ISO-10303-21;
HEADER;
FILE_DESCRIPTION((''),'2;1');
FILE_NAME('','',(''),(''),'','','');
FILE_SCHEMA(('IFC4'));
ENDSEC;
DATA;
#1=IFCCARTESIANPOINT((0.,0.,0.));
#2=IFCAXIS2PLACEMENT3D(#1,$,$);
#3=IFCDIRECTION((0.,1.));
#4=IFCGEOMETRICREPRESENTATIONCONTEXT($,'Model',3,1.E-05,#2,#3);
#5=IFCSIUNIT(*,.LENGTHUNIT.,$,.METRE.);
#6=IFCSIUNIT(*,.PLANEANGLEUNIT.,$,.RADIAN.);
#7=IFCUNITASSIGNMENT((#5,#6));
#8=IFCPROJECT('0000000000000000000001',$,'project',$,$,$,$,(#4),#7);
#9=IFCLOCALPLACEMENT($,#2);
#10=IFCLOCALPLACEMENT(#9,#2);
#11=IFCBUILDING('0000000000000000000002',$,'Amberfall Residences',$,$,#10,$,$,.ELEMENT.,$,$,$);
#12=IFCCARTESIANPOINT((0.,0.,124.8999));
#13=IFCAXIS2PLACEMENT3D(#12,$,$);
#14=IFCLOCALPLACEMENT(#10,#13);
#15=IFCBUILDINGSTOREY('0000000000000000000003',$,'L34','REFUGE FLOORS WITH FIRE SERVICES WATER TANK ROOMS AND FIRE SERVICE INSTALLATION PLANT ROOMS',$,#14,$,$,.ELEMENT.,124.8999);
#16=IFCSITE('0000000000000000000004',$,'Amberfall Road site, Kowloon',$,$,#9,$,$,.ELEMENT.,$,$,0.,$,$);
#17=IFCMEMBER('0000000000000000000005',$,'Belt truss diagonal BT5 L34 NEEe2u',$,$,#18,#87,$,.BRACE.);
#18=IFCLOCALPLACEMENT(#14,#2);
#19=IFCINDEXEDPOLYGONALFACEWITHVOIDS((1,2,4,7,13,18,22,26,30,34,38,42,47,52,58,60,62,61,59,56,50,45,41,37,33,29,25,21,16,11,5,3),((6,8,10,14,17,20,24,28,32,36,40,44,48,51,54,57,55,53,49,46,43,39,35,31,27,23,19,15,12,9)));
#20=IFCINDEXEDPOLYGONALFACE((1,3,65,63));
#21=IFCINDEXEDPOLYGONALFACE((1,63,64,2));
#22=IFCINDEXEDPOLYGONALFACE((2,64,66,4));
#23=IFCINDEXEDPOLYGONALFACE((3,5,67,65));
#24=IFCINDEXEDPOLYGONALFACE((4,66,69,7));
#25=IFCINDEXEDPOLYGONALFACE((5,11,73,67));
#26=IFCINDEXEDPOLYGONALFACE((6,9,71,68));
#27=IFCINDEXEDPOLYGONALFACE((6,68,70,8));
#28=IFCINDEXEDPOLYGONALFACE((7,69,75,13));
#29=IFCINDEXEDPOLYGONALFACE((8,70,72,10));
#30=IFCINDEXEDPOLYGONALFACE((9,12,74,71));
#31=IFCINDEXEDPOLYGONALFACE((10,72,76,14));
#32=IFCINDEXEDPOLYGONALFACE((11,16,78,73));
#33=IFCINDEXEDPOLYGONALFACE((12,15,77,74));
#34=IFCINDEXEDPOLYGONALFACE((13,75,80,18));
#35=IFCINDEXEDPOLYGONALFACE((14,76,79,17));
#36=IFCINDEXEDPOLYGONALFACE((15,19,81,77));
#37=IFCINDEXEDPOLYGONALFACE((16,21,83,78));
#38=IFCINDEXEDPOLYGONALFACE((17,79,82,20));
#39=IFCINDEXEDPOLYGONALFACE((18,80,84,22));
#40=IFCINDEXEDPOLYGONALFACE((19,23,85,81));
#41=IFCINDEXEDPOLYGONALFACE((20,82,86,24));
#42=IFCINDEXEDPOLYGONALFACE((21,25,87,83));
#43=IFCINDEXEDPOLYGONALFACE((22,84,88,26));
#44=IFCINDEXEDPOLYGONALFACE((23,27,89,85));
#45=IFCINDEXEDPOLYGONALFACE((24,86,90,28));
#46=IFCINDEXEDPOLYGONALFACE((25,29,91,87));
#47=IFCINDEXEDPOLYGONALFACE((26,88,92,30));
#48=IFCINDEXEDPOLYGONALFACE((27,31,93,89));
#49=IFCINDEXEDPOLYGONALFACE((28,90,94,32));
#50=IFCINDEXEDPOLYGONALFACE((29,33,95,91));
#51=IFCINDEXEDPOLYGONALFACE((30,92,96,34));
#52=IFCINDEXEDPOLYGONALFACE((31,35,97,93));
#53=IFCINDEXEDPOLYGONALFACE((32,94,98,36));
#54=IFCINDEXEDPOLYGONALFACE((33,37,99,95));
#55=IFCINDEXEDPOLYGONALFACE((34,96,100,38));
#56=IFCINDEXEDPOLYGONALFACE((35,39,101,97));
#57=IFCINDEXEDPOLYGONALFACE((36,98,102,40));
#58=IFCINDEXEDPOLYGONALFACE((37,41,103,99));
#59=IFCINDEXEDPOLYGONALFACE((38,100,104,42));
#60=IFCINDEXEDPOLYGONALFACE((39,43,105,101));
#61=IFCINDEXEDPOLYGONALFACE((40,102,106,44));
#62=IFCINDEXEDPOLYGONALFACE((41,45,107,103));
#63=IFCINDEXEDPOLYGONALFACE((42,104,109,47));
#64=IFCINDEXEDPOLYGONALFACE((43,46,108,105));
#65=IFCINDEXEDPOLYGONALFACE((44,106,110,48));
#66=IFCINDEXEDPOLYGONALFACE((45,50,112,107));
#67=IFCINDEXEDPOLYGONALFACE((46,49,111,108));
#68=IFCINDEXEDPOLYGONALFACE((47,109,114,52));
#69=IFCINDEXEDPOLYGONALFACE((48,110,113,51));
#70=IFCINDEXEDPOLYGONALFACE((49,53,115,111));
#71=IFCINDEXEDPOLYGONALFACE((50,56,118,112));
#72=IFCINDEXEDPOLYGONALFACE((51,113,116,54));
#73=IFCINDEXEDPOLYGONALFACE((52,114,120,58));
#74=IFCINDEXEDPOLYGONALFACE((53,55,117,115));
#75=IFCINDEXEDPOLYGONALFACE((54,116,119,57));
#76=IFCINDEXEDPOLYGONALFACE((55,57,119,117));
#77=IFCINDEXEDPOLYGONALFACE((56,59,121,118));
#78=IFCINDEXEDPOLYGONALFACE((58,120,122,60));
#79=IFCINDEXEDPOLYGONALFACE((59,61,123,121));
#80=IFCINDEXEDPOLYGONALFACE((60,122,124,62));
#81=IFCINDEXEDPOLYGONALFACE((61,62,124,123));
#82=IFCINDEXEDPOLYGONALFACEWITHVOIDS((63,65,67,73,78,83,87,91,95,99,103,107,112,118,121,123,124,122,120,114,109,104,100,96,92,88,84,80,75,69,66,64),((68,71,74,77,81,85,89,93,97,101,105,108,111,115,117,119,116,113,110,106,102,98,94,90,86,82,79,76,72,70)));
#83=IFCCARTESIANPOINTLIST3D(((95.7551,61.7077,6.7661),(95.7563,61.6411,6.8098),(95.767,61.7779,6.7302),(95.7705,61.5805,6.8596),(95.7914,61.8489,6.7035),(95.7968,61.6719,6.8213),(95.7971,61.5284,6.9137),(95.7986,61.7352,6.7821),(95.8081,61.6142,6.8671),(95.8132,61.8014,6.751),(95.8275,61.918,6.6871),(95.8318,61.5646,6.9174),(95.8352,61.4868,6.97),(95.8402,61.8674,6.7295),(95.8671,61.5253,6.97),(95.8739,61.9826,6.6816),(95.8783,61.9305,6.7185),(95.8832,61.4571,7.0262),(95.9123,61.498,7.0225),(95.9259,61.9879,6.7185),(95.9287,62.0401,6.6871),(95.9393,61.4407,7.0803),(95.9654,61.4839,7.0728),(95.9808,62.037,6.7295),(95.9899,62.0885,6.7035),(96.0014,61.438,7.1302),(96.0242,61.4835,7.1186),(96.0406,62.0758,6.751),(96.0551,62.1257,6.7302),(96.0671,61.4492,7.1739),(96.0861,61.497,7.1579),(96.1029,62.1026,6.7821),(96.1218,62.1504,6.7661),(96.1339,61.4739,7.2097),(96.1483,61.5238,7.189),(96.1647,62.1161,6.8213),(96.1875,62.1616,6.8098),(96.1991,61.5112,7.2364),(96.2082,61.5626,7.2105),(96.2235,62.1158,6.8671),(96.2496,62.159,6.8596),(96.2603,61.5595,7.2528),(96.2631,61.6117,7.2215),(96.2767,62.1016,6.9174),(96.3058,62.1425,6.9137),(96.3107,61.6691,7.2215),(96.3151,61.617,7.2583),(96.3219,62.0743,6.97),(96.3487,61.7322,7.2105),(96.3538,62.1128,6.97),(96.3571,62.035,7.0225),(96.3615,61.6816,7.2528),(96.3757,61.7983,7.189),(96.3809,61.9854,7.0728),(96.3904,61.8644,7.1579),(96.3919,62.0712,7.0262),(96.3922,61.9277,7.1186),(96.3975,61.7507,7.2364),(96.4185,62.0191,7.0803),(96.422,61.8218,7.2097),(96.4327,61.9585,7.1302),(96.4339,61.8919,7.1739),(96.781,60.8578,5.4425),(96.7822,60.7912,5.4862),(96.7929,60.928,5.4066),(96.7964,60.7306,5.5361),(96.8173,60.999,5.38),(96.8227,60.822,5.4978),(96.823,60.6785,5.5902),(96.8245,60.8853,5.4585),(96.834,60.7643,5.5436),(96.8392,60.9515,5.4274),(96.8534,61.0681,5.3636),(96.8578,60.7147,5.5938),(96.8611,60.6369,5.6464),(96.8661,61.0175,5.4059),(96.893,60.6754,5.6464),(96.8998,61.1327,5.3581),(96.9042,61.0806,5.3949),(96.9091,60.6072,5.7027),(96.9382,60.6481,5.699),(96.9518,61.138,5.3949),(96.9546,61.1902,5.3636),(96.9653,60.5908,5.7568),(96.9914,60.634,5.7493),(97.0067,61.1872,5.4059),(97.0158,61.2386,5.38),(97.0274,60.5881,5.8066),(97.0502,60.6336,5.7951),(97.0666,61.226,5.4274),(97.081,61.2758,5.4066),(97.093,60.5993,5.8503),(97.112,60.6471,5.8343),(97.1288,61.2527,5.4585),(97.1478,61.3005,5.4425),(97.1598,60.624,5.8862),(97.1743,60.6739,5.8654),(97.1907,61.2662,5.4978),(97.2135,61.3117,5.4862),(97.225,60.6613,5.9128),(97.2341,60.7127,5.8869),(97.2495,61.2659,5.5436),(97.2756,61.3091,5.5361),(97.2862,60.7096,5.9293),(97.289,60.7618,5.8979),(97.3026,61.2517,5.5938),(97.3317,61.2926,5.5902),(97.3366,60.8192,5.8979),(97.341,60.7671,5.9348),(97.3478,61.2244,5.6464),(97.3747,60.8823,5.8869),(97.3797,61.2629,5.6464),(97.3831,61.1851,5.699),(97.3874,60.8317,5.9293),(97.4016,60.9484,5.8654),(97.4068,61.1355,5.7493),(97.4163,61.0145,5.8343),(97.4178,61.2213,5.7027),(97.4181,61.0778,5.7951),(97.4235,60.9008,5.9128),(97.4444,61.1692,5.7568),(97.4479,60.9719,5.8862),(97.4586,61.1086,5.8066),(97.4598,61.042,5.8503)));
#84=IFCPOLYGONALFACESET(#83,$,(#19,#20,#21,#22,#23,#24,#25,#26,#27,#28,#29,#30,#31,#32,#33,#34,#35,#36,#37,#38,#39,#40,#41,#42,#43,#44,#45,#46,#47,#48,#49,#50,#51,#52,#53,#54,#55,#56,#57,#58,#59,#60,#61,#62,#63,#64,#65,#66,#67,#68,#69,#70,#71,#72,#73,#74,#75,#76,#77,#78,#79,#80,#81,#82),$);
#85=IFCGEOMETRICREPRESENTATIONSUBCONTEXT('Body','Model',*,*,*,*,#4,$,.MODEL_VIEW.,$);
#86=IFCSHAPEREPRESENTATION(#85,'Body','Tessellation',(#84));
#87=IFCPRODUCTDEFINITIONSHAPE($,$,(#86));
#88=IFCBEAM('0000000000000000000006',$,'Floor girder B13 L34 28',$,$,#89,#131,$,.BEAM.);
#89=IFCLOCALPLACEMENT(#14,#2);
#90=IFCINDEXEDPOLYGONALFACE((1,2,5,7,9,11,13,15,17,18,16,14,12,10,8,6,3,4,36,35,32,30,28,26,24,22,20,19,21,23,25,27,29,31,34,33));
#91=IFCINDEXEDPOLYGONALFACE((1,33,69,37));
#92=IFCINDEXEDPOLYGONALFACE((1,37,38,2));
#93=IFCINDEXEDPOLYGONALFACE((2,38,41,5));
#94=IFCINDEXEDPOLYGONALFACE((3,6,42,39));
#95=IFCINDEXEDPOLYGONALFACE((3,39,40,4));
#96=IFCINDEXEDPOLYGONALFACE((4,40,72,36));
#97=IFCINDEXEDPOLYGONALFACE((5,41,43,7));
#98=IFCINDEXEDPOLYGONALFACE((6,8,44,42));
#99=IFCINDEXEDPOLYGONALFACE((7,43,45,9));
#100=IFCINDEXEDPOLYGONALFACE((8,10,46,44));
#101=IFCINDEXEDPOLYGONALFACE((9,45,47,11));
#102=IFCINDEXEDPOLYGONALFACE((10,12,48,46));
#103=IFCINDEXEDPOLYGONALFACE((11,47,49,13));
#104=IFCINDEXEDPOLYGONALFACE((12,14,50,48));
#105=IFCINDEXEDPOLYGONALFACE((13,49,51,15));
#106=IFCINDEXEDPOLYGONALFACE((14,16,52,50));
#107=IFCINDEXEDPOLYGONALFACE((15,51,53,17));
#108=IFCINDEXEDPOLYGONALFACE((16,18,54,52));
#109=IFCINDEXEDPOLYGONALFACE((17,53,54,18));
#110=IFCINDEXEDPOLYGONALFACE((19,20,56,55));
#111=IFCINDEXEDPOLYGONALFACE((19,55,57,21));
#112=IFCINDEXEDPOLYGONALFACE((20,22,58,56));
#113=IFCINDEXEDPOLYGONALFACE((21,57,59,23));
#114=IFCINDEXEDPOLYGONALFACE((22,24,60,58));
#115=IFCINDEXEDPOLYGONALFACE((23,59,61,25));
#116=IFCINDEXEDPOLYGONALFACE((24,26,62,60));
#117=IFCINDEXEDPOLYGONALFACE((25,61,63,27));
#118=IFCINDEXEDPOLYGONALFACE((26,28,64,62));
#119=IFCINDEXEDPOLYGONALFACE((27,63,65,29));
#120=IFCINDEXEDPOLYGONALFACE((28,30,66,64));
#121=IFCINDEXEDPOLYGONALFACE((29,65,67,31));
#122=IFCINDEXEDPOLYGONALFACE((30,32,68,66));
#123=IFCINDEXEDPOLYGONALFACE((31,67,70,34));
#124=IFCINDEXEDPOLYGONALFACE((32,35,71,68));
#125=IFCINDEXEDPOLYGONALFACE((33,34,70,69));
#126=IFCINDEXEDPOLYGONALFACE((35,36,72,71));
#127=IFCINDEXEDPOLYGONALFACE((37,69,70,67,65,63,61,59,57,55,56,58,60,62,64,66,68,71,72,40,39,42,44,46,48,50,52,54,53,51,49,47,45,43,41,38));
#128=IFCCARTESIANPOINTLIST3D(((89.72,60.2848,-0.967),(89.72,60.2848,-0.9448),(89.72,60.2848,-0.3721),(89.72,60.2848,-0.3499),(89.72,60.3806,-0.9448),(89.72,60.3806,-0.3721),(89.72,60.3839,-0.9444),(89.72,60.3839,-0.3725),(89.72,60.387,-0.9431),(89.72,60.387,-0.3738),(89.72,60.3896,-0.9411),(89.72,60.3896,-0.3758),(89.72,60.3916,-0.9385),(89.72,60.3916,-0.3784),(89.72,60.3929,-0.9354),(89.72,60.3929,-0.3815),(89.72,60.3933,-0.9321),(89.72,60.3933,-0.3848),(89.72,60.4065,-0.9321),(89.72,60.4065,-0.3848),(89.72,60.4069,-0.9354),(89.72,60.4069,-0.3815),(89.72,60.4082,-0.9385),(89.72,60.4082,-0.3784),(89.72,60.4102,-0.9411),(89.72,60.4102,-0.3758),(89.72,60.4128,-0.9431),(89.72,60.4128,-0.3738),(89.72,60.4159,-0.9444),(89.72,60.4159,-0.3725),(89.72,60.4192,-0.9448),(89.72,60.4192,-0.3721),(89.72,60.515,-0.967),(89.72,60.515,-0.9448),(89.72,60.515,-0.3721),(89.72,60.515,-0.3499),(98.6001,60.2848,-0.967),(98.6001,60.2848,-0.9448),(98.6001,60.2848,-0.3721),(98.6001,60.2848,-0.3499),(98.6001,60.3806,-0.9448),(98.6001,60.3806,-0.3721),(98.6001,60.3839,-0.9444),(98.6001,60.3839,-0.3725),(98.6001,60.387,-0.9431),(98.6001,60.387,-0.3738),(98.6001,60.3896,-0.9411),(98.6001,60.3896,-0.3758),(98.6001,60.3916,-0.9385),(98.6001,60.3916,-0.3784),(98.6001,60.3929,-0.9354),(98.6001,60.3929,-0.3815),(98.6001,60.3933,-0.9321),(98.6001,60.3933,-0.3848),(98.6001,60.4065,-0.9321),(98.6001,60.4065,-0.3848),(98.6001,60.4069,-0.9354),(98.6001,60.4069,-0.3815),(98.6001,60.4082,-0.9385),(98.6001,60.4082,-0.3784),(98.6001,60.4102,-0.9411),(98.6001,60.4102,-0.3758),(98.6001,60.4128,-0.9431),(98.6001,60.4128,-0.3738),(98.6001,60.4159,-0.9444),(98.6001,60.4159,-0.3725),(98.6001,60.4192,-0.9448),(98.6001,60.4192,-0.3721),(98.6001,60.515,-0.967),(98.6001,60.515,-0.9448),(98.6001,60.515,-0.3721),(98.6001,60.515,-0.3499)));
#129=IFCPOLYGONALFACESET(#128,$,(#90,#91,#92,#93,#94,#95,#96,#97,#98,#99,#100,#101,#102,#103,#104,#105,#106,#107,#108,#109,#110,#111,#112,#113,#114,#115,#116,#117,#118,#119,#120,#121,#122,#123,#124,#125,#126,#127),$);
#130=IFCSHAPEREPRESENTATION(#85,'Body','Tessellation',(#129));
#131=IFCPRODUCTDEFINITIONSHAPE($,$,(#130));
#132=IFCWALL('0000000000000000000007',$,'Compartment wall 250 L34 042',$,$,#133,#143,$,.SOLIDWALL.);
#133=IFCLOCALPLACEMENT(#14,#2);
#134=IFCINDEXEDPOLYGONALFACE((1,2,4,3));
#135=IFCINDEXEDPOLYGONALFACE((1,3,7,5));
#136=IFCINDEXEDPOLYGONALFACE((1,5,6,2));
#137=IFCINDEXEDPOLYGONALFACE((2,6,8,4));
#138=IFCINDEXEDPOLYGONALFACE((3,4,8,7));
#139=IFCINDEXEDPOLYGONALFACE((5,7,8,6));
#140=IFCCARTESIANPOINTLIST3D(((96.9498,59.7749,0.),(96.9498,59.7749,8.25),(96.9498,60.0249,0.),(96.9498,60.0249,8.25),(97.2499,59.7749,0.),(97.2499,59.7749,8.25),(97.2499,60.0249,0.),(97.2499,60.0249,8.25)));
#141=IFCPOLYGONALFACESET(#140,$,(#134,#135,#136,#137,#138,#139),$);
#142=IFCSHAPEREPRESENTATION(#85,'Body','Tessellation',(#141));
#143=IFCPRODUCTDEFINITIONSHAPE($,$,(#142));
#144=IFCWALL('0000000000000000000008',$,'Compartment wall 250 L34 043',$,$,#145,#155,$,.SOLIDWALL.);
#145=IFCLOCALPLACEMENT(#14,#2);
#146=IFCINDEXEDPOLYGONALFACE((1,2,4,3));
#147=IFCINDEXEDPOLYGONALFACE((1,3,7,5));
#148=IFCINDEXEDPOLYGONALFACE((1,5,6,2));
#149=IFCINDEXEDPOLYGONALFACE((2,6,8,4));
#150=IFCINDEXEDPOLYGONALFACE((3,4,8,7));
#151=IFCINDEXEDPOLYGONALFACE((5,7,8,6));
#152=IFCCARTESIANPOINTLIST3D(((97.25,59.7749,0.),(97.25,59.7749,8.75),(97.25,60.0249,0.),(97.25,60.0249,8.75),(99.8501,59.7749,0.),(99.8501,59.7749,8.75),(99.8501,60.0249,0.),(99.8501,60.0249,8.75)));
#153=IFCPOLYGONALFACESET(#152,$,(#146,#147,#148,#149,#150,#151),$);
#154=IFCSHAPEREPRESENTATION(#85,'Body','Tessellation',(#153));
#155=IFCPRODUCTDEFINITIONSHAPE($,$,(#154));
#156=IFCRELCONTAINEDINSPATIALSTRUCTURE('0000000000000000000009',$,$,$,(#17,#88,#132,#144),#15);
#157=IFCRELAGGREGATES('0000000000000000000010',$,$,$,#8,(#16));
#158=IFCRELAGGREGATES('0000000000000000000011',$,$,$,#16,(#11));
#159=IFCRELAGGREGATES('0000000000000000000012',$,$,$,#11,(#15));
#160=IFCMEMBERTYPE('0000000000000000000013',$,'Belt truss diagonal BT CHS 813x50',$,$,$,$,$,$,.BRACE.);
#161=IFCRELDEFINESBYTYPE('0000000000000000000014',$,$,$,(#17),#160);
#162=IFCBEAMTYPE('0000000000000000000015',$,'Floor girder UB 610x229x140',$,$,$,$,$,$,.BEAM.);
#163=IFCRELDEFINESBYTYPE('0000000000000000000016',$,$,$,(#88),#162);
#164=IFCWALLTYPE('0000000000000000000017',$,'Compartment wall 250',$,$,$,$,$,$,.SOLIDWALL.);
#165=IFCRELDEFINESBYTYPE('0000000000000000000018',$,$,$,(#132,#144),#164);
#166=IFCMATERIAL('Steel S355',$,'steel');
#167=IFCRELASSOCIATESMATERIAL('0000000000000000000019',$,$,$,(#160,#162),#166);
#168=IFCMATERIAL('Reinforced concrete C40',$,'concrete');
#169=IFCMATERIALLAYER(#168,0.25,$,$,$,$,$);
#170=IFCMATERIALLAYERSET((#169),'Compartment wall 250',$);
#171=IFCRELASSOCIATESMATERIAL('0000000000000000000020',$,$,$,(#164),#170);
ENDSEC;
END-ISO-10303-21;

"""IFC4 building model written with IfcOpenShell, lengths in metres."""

from ifc_helpers import new_model, si_unit, direction, frame, frame_2d, origin, origin_2d, place, context, subcontext, project, spatial, rectangle, hollow_circle, i_section, extrude, material, layer, layer_set, material_profile, profile_set, type_object, element, save


model = new_model("IFC4")

# Units and contexts
model_context = context("Model", 3, precision=1e-05, world=origin(), true_north=direction((0.0, 1.0)))
body_context = subcontext(model_context, "Body", "Model", "MODEL_VIEW")
ifc_project = project(units=[si_unit("LENGTHUNIT", "METRE"), si_unit("PLANEANGLEUNIT", "RADIAN")], contexts=[model_context])

# Site, building, storey
site_placement = place(None, origin())
site = spatial("IfcSite", under=ifc_project, at=site_placement, Name="Amberfall Road site, Kowloon", CompositionType="ELEMENT", RefElevation=0.0)
building_placement = place(site_placement, origin())
building = spatial("IfcBuilding", under=site, at=building_placement, Name="Amberfall Residences", CompositionType="ELEMENT")
storey_placement = place(building_placement, frame((0.0, 0.0, 124.8999)))
storey = spatial("IfcBuildingStorey", under=building, at=storey_placement, Name="L34", Description="REFUGE FLOORS WITH FIRE SERVICES WATER TANK ROOMS AND FIRE SERVICE INSTALLATION PLANT ROOMS", CompositionType="ELEMENT", Elevation=124.8999)

# Shared definitions
ifc_material_1 = material(Name="Steel S355", Category="steel")

# Member
ifc_material_profile_1 = material_profile(ifc_material_1, hollow_circle(Radius=0.4065, WallThickness=0.05, at=origin_2d()), Name="CHS 813x50")
ifc_profile_set_1 = profile_set([ifc_material_profile_1], Name="Steel S355")
member_type_1 = type_object("IfcMemberType", Name="Belt truss diagonal BT CHS 813x50", PredefinedType="BRACE", material=ifc_profile_set_1)
member_1_placement = place(storey_placement, frame((96.0945, 61.7998, 6.97), z_axis=(0.546307, -0.452569, -0.704791), x_axis=(0.637946, 0.770081, 0.0)))
element("IfcMember", 1, at=member_1_placement, inside=storey, type_object=member_type_1, Name="Belt truss diagonal BT5 L34 NEEe2u", PredefinedType="BRACE", context=body_context, shape_type="SweptSolid", body=[
    extrude(hollow_circle(Radius=0.4065, WallThickness=0.05, at=origin_2d()), origin(), (0.0, 0.0, 1.0), 1.8779),
])

# Beam
ifc_material_profile_2 = material_profile(ifc_material_1, i_section(OverallWidth=0.2302, OverallDepth=0.6172, WebThickness=0.0132, FlangeThickness=0.0222, FilletRadius=0.0127, at=origin_2d()), Name="UB 610x229x140")
ifc_profile_set_2 = profile_set([ifc_material_profile_2], Name="Steel S355")
beam_type_1 = type_object("IfcBeamType", Name="Floor girder UB 610x229x140", PredefinedType="BEAM", material=ifc_profile_set_2)
beam_1_placement = place(storey_placement, frame((98.6001, 60.3999, -0.6584), z_axis=(-1.0, 0.0, 0.0), x_axis=(0.0, -1.0, 0.0)))
element("IfcBeam", 2, at=beam_1_placement, inside=storey, type_object=beam_type_1, Name="Floor girder B13 L34 28", PredefinedType="BEAM", context=body_context, shape_type="SweptSolid", body=[
    extrude(i_section(OverallWidth=0.2302, OverallDepth=0.6172, WebThickness=0.0132, FlangeThickness=0.0222, FilletRadius=0.0127, at=origin_2d()), origin(), (0.0, 0.0, 1.0), 8.8801),
])

# Walls
ifc_material_2 = material(Name="Reinforced concrete C40", Category="concrete")
ifc_layer = layer(ifc_material_2, 0.25)
ifc_layer_set = layer_set([ifc_layer], Name="Compartment wall 250")
wall_type = type_object("IfcWallType", Name="Compartment wall 250", PredefinedType="SOLIDWALL", material=ifc_layer_set)
wall_1_placement = place(storey_placement, frame((96.95, 59.8999, 0.0), z_axis=(0.0, 0.0, 1.0), x_axis=(1.0, 0.0, 0.0)))
element("IfcWall", 3, at=wall_1_placement, inside=storey, type_object=wall_type, Name="Compartment wall 250 L34 042", PredefinedType="SOLIDWALL", context=body_context, shape_type="SweptSolid", body=[
    extrude(rectangle(XDim=0.3, YDim=0.25, at=frame_2d((0.1499, 0.0))), origin(), (0.0, 0.0, 1.0), 8.25),
])
wall_2_placement = place(storey_placement, frame((97.25, 59.8999, 0.0), z_axis=(0.0, 0.0, 1.0), x_axis=(1.0, 0.0, 0.0)))
element("IfcWall", 4, at=wall_2_placement, inside=storey, type_object=wall_type, Name="Compartment wall 250 L34 043", PredefinedType="SOLIDWALL", context=body_context, shape_type="SweptSolid", body=[
    extrude(rectangle(XDim=2.6001, YDim=0.25, at=frame_2d((1.3, 0.0))), origin(), (0.0, 0.0, 1.0), 8.75),
])

save(model, "model.ifc")
